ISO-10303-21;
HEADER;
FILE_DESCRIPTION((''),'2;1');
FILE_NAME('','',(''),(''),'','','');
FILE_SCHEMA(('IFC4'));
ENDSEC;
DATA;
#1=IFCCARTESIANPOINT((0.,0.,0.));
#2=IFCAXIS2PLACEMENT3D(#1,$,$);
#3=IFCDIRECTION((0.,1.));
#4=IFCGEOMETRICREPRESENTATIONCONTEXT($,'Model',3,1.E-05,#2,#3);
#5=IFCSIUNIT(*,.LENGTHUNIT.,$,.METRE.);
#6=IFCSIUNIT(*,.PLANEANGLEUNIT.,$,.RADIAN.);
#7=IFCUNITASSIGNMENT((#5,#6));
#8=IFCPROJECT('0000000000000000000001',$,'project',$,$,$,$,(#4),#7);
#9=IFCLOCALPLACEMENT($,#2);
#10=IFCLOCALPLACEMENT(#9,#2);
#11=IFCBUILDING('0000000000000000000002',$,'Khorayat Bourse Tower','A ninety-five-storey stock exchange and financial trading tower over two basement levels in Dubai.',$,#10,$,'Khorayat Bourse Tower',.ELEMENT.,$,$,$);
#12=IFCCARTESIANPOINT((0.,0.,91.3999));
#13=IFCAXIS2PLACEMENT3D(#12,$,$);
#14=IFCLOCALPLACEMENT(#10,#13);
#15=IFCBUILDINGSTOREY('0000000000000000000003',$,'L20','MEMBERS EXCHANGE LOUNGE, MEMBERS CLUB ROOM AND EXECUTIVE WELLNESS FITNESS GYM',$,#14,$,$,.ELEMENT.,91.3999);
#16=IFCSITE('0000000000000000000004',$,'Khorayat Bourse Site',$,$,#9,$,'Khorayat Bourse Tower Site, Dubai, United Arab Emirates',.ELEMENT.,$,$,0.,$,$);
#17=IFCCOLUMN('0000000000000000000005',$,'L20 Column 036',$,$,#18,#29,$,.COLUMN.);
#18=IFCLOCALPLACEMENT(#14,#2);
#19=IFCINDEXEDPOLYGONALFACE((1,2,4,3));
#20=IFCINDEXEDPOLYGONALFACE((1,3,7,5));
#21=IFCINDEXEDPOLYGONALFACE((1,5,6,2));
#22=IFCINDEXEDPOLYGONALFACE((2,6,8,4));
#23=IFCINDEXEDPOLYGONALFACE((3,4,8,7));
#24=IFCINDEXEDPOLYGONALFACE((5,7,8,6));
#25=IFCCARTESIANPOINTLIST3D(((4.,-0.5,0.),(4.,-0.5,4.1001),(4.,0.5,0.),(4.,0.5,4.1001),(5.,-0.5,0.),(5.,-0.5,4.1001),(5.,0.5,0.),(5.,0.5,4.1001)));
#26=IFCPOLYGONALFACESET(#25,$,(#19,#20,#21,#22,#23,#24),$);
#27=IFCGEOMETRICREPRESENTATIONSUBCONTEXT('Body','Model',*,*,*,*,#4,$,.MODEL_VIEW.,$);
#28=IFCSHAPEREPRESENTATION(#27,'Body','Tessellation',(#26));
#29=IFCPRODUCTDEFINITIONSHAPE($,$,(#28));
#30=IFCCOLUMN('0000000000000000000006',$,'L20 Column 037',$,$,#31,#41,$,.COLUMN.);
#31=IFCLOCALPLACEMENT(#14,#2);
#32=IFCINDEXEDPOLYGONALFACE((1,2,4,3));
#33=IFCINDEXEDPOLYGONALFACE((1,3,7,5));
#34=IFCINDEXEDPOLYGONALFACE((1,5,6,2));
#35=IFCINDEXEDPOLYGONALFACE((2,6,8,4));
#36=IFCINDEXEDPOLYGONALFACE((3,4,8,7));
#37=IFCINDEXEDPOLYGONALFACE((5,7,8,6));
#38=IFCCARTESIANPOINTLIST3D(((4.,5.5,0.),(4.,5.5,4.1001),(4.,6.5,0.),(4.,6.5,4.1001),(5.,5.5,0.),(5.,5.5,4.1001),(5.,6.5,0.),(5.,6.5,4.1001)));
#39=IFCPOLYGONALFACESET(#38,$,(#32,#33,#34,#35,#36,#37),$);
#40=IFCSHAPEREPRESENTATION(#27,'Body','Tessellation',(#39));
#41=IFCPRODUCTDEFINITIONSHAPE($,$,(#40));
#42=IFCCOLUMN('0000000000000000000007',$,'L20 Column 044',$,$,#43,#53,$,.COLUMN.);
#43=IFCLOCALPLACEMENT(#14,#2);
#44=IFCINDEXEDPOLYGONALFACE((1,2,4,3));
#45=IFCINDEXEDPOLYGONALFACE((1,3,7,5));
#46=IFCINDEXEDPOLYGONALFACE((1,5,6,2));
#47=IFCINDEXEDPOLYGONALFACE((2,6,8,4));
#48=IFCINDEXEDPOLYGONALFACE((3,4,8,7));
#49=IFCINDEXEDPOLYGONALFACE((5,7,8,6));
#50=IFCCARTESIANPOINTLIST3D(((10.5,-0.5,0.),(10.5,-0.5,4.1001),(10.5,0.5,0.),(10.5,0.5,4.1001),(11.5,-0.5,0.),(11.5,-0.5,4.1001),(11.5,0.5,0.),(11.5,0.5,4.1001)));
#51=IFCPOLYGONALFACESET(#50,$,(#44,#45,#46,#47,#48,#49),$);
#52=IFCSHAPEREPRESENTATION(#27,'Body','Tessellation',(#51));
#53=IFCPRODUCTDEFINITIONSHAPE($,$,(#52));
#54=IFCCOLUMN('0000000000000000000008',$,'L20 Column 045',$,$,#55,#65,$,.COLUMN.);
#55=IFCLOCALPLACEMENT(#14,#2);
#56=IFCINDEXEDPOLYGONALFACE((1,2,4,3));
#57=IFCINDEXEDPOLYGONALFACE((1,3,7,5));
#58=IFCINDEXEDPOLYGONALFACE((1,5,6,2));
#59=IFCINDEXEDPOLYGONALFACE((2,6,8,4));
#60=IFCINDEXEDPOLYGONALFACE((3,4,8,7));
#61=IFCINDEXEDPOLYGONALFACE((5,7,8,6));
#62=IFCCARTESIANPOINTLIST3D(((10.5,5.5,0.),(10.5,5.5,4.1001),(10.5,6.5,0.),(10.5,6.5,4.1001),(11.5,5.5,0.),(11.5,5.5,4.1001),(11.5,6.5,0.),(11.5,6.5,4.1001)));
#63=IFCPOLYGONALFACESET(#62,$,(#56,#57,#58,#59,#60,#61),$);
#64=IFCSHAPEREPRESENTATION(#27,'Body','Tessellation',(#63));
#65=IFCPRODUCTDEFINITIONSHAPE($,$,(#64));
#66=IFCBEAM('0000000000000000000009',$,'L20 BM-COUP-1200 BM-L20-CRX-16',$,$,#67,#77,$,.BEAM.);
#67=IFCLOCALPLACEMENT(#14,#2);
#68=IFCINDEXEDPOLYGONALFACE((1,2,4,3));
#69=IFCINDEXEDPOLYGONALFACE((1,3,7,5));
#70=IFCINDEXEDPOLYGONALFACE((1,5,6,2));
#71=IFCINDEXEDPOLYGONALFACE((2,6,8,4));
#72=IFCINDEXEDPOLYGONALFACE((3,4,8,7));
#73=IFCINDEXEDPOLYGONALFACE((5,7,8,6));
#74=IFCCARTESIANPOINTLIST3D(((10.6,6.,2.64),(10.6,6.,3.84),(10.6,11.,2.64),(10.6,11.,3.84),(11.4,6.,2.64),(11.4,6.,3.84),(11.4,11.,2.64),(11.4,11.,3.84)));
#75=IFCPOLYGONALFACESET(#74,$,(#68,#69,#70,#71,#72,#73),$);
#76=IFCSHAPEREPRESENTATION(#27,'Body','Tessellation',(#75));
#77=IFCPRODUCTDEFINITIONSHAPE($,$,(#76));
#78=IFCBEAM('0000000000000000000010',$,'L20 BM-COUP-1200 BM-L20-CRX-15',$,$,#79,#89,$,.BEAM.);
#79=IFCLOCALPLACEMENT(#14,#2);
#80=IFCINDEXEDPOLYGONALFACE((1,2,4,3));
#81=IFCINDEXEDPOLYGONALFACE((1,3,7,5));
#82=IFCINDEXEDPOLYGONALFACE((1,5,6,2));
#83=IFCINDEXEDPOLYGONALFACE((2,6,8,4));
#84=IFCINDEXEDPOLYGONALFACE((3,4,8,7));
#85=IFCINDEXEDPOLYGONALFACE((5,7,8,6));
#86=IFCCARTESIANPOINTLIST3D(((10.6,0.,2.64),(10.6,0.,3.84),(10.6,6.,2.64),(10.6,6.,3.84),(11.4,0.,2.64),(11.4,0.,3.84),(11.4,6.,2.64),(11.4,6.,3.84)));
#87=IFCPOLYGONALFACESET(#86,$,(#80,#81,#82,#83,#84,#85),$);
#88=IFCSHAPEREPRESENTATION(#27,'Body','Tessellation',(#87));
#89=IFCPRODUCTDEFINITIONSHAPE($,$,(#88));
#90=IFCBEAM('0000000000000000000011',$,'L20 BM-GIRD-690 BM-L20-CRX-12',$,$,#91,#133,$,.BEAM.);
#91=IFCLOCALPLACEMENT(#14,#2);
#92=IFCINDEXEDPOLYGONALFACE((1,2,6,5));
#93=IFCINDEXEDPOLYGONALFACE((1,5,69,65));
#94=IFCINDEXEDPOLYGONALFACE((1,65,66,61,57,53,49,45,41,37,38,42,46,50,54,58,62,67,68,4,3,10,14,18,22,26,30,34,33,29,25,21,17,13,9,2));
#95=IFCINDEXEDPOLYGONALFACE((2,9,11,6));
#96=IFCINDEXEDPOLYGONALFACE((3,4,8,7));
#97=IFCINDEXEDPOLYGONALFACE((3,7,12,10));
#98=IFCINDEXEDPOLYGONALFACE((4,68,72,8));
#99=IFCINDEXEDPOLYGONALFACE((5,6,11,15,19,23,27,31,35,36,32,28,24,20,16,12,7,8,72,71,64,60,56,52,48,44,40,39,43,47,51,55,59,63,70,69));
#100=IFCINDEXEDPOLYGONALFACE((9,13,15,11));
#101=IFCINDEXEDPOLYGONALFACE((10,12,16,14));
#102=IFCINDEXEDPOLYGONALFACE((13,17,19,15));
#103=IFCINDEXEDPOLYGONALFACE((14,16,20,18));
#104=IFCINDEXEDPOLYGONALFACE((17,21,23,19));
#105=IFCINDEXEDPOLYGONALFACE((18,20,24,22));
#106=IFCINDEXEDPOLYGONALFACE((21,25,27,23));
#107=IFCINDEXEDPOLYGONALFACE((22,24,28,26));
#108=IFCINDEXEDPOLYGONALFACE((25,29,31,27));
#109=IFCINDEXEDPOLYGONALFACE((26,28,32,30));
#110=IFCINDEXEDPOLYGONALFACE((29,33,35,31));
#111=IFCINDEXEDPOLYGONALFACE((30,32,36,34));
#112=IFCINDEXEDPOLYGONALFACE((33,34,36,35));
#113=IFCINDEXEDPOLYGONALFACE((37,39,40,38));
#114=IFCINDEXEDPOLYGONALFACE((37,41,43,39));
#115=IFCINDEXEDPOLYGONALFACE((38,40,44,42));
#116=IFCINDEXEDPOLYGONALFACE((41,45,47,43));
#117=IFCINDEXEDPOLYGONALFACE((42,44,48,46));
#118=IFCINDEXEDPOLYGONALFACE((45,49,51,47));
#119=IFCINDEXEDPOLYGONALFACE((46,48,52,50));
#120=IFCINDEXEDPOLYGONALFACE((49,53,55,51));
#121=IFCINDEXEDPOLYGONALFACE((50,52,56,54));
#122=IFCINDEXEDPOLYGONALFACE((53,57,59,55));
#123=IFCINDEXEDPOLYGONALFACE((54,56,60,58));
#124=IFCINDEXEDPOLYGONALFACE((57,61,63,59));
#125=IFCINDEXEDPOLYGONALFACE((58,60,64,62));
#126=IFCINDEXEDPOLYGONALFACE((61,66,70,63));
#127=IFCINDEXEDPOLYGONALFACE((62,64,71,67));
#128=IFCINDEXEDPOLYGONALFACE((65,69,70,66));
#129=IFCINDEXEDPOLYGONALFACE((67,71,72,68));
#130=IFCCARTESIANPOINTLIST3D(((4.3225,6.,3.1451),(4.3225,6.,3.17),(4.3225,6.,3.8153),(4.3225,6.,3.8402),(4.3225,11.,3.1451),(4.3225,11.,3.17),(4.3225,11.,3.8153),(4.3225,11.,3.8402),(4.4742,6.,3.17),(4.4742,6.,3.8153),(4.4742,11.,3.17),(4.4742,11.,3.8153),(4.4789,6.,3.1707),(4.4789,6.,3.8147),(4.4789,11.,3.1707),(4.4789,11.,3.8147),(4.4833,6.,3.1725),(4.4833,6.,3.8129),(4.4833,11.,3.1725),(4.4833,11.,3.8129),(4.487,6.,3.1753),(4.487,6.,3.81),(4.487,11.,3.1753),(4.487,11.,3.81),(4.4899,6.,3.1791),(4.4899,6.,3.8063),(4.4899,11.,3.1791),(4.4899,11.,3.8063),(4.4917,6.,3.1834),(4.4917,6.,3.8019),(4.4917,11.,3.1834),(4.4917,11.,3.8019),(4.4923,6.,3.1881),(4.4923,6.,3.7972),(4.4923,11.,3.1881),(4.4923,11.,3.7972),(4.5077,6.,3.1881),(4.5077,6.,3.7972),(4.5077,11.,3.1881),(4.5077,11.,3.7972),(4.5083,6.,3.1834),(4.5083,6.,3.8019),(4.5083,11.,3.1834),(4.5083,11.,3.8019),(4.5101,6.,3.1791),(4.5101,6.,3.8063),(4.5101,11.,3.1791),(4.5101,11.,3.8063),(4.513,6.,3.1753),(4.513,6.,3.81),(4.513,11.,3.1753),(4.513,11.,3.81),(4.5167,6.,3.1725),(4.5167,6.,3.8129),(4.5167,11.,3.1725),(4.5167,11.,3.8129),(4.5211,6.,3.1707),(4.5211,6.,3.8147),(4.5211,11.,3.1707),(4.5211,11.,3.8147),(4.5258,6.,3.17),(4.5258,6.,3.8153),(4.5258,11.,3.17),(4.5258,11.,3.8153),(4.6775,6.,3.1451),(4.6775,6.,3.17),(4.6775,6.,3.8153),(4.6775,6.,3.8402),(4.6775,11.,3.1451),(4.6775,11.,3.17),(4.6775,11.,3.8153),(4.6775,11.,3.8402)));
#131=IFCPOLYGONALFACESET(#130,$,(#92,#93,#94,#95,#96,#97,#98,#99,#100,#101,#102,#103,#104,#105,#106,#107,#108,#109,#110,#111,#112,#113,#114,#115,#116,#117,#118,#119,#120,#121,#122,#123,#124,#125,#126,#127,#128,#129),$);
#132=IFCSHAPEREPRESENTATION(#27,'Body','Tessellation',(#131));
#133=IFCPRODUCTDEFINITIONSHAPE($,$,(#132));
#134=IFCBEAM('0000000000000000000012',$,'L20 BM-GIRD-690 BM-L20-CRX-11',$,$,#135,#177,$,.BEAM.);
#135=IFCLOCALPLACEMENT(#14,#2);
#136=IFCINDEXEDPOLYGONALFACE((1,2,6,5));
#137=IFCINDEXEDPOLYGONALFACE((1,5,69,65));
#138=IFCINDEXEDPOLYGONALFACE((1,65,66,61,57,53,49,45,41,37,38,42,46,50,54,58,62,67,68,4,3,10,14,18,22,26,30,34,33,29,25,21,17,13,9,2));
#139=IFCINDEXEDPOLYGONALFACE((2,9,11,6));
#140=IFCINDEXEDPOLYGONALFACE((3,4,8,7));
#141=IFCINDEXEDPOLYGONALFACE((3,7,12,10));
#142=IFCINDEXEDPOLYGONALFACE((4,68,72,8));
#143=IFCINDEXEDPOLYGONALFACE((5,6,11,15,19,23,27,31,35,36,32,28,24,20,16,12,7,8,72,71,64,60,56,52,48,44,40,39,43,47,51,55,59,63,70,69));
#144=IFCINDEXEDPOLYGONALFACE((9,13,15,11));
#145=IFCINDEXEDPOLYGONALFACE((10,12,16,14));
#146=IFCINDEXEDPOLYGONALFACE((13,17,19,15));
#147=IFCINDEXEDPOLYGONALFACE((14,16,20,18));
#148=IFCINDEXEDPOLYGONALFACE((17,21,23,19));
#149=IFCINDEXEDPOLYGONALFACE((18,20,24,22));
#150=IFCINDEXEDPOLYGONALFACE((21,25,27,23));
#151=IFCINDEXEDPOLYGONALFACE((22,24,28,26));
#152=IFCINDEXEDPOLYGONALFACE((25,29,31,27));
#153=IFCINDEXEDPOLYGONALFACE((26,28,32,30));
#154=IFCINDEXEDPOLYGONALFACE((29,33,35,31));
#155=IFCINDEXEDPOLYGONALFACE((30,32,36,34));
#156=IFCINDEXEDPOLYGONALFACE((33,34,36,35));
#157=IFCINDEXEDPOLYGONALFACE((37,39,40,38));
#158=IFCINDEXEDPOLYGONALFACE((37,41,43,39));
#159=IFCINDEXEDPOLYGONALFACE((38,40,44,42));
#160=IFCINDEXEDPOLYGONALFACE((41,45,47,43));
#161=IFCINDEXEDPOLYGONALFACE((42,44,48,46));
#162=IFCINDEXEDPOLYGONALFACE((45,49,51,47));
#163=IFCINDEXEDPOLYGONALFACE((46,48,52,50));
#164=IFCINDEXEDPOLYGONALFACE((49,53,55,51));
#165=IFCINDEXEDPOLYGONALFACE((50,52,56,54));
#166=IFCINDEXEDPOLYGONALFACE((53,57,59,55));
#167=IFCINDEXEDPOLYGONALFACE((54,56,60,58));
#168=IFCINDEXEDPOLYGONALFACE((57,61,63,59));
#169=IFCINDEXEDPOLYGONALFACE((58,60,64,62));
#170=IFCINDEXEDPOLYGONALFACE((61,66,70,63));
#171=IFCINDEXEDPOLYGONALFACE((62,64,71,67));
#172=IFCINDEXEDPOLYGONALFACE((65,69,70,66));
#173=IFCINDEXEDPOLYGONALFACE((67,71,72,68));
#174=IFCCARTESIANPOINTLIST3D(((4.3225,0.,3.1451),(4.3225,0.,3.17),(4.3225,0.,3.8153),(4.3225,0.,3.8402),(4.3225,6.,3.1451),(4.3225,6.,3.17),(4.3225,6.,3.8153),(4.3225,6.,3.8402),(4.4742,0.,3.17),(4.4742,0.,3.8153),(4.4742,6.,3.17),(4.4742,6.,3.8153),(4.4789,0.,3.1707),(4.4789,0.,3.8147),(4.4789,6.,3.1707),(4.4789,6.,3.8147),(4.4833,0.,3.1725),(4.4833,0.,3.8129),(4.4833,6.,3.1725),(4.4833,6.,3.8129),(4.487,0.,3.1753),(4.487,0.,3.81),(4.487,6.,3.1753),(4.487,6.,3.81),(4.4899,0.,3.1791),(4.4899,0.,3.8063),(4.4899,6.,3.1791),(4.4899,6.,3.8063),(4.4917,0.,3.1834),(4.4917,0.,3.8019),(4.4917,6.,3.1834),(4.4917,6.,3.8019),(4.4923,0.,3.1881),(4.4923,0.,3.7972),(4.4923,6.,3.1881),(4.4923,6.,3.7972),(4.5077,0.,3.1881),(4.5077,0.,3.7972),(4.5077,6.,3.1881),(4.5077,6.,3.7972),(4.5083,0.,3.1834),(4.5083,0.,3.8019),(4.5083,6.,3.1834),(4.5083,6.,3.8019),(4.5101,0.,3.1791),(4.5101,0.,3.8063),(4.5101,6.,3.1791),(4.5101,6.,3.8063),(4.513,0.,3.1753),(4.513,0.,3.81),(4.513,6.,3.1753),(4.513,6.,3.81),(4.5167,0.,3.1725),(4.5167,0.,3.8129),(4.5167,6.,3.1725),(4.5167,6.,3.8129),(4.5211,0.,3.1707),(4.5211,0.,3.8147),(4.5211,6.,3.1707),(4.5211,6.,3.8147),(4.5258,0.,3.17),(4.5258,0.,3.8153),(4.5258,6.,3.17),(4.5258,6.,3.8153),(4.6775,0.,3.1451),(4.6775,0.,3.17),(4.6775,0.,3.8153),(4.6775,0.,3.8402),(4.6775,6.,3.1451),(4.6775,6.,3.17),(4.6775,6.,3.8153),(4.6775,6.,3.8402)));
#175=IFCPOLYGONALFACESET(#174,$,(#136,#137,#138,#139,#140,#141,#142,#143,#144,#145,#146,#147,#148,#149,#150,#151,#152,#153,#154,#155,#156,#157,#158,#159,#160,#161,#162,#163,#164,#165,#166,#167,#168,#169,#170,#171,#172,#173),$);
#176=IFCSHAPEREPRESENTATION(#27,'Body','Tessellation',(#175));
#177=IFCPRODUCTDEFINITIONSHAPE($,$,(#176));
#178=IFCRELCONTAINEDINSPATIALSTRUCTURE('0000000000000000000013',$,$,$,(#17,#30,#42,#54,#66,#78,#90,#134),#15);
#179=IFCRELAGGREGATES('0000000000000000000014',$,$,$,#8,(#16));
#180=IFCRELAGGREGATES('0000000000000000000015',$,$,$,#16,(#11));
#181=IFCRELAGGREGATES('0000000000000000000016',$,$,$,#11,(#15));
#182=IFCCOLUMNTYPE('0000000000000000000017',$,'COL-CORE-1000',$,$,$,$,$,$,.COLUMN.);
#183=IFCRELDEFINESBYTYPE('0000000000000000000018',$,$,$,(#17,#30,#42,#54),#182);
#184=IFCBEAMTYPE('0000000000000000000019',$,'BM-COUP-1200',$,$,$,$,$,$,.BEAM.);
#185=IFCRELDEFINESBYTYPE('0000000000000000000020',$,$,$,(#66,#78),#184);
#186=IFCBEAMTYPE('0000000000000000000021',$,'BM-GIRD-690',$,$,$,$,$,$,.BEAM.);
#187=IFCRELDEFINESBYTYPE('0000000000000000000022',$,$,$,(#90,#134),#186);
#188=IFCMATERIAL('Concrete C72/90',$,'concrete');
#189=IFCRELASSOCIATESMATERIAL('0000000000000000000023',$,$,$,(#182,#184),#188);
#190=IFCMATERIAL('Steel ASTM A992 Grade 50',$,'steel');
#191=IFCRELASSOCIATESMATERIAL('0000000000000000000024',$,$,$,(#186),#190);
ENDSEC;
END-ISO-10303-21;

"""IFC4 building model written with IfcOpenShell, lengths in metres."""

from ifc_helpers import new_model, si_unit, direction, frame, origin, origin_2d, place, context, subcontext, project, spatial, rectangle, i_section, extrude, source, transform, mapped, material, material_profile, profile_set, type_object, element, save


model = new_model("IFC4")

# Units and contexts
model_context = context("Model", 3, precision=1e-05, world=origin(), true_north=direction((0.0, 1.0)))
body_context = subcontext(model_context, "Body", "Model", "MODEL_VIEW")
ifc_project = project(units=[si_unit("LENGTHUNIT", "METRE"), si_unit("PLANEANGLEUNIT", "RADIAN")], contexts=[model_context])

# Site, building, storey
site_placement = place(None, origin())
site = spatial("IfcSite", under=ifc_project, at=site_placement, Name="Khorayat Bourse Site", LongName="Khorayat Bourse Tower Site, Dubai, United Arab Emirates", CompositionType="ELEMENT", RefElevation=0.0)
building_placement = place(site_placement, origin())
building = spatial("IfcBuilding", under=site, at=building_placement, Name="Khorayat Bourse Tower", Description="A ninety-five-storey stock exchange and financial trading tower over two basement levels in Dubai.", LongName="Khorayat Bourse Tower", CompositionType="ELEMENT")
storey_placement = place(building_placement, frame((0.0, 0.0, 91.3999)))
storey = spatial("IfcBuildingStorey", under=building, at=storey_placement, Name="L20", Description="MEMBERS EXCHANGE LOUNGE, MEMBERS CLUB ROOM AND EXECUTIVE WELLNESS FITNESS GYM", CompositionType="ELEMENT", Elevation=91.3999)

# Columns
ifc_material_1 = material(Name="Concrete C72/90", Category="concrete")
ifc_material_profile_1 = material_profile(ifc_material_1, rectangle(XDim=1.0, YDim=1.0, at=origin_2d()), Name="RC 1000x1000")
ifc_profile_set_1 = profile_set([ifc_material_profile_1], Name="Concrete C72/90")
column_type = type_object("IfcColumnType", Name="COL-CORE-1000", PredefinedType="COLUMN", material=ifc_profile_set_1)
shared_shape_1 = source(origin(), body_context, "Body", "SweptSolid", [
    extrude(rectangle(XDim=1.0, YDim=1.0, at=origin_2d()), origin(), (0.0, 0.0, 1.0), 4.1001),
])
for number, where, z_axis, x_axis, name in (
    (1, (4.5, 0.0, 0.0), (0.0, 0.0, 1.0), (1.0, 0.0, 0.0), "L20 Column 036"),
    (2, (4.5, 6.0, 0.0), (0.0, 0.0, 1.0), (1.0, 0.0, 0.0), "L20 Column 037"),
    (3, (11.0, 0.0, 0.0), (0.0, 0.0, 1.0), (1.0, 0.0, 0.0), "L20 Column 044"),
    (4, (11.0, 6.0, 0.0), (0.0, 0.0, 1.0), (1.0, 0.0, 0.0), "L20 Column 045"),
):
    element("IfcColumn", number, at=place(storey_placement, frame(where, z_axis=z_axis, x_axis=x_axis)), inside=storey, type_object=column_type, Name=name, PredefinedType="COLUMN", context=body_context, shape_type="MappedRepresentation", body=[
        mapped(shared_shape_1, transform((0.0, 0.0, 0.0), scale=1.0)),
    ])

# Beams
ifc_material_profile_2 = material_profile(ifc_material_1, rectangle(XDim=0.8, YDim=1.2, at=origin_2d()), Name="RC 800x1200")
ifc_profile_set_2 = profile_set([ifc_material_profile_2], Name="Concrete C72/90")
beam_type_1 = type_object("IfcBeamType", Name="BM-COUP-1200", PredefinedType="BEAM", material=ifc_profile_set_2)
shared_shape_2 = source(origin(), body_context, "Body", "SweptSolid", [
    extrude(rectangle(XDim=0.8, YDim=1.2, at=origin_2d()), origin(), (0.0, 0.0, 1.0), 5.0),
])
beam_1_placement = place(storey_placement, frame((11.0, 6.0, 3.24), z_axis=(0.0, 1.0, 0.0), x_axis=(-1.0, 0.0, 0.0)))
element("IfcBeam", 5, at=beam_1_placement, inside=storey, type_object=beam_type_1, Name="L20 BM-COUP-1200 BM-L20-CRX-16", PredefinedType="BEAM", context=body_context, shape_type="MappedRepresentation", body=[
    mapped(shared_shape_2, transform((0.0, 0.0, 0.0), scale=1.0)),
])
shared_shape_3 = source(origin(), body_context, "Body", "SweptSolid", [
    extrude(rectangle(XDim=0.8, YDim=1.2, at=origin_2d()), origin(), (0.0, 0.0, 1.0), 6.0),
])
beam_2_placement = place(storey_placement, frame((11.0, 0.0, 3.24), z_axis=(0.0, 1.0, 0.0), x_axis=(-1.0, 0.0, 0.0)))
element("IfcBeam", 6, at=beam_2_placement, inside=storey, type_object=beam_type_1, Name="L20 BM-COUP-1200 BM-L20-CRX-15", PredefinedType="BEAM", context=body_context, shape_type="MappedRepresentation", body=[
    mapped(shared_shape_3, transform((0.0, 0.0, 0.0), scale=1.0)),
])
ifc_material_2 = material(Name="Steel ASTM A992 Grade 50", Category="steel")
ifc_material_profile_3 = material_profile(ifc_material_2, i_section(OverallWidth=0.355, OverallDepth=0.6951, WebThickness=0.0154, FlangeThickness=0.0249, FilletRadius=0.0181, at=origin_2d()), Name="W690X217")
ifc_profile_set_3 = profile_set([ifc_material_profile_3], Name="Steel ASTM A992 Grade 50")
beam_type_2 = type_object("IfcBeamType", Name="BM-GIRD-690", PredefinedType="BEAM", material=ifc_profile_set_3)
shared_shape_4 = source(origin(), body_context, "Body", "SweptSolid", [
    extrude(i_section(OverallWidth=0.355, OverallDepth=0.6951, WebThickness=0.0154, FlangeThickness=0.0249, FilletRadius=0.0181, at=origin_2d()), origin(), (0.0, 0.0, 1.0), 5.0),
])
beam_3_placement = place(storey_placement, frame((4.5, 6.0, 3.4927), z_axis=(0.0, 1.0, 0.0), x_axis=(-1.0, 0.0, 0.0)))
element("IfcBeam", 7, at=beam_3_placement, inside=storey, type_object=beam_type_2, Name="L20 BM-GIRD-690 BM-L20-CRX-12", PredefinedType="BEAM", context=body_context, shape_type="MappedRepresentation", body=[
    mapped(shared_shape_4, transform((0.0, 0.0, 0.0), scale=1.0)),
])
shared_shape_5 = source(origin(), body_context, "Body", "SweptSolid", [
    extrude(i_section(OverallWidth=0.355, OverallDepth=0.6951, WebThickness=0.0154, FlangeThickness=0.0249, FilletRadius=0.0181, at=origin_2d()), origin(), (0.0, 0.0, 1.0), 6.0),
])
beam_4_placement = place(storey_placement, frame((4.5, 0.0, 3.4927), z_axis=(0.0, 1.0, 0.0), x_axis=(-1.0, 0.0, 0.0)))
element("IfcBeam", 8, at=beam_4_placement, inside=storey, type_object=beam_type_2, Name="L20 BM-GIRD-690 BM-L20-CRX-11", PredefinedType="BEAM", context=body_context, shape_type="MappedRepresentation", body=[
    mapped(shared_shape_5, transform((0.0, 0.0, 0.0), scale=1.0)),
])

save(model, "model.ifc")
